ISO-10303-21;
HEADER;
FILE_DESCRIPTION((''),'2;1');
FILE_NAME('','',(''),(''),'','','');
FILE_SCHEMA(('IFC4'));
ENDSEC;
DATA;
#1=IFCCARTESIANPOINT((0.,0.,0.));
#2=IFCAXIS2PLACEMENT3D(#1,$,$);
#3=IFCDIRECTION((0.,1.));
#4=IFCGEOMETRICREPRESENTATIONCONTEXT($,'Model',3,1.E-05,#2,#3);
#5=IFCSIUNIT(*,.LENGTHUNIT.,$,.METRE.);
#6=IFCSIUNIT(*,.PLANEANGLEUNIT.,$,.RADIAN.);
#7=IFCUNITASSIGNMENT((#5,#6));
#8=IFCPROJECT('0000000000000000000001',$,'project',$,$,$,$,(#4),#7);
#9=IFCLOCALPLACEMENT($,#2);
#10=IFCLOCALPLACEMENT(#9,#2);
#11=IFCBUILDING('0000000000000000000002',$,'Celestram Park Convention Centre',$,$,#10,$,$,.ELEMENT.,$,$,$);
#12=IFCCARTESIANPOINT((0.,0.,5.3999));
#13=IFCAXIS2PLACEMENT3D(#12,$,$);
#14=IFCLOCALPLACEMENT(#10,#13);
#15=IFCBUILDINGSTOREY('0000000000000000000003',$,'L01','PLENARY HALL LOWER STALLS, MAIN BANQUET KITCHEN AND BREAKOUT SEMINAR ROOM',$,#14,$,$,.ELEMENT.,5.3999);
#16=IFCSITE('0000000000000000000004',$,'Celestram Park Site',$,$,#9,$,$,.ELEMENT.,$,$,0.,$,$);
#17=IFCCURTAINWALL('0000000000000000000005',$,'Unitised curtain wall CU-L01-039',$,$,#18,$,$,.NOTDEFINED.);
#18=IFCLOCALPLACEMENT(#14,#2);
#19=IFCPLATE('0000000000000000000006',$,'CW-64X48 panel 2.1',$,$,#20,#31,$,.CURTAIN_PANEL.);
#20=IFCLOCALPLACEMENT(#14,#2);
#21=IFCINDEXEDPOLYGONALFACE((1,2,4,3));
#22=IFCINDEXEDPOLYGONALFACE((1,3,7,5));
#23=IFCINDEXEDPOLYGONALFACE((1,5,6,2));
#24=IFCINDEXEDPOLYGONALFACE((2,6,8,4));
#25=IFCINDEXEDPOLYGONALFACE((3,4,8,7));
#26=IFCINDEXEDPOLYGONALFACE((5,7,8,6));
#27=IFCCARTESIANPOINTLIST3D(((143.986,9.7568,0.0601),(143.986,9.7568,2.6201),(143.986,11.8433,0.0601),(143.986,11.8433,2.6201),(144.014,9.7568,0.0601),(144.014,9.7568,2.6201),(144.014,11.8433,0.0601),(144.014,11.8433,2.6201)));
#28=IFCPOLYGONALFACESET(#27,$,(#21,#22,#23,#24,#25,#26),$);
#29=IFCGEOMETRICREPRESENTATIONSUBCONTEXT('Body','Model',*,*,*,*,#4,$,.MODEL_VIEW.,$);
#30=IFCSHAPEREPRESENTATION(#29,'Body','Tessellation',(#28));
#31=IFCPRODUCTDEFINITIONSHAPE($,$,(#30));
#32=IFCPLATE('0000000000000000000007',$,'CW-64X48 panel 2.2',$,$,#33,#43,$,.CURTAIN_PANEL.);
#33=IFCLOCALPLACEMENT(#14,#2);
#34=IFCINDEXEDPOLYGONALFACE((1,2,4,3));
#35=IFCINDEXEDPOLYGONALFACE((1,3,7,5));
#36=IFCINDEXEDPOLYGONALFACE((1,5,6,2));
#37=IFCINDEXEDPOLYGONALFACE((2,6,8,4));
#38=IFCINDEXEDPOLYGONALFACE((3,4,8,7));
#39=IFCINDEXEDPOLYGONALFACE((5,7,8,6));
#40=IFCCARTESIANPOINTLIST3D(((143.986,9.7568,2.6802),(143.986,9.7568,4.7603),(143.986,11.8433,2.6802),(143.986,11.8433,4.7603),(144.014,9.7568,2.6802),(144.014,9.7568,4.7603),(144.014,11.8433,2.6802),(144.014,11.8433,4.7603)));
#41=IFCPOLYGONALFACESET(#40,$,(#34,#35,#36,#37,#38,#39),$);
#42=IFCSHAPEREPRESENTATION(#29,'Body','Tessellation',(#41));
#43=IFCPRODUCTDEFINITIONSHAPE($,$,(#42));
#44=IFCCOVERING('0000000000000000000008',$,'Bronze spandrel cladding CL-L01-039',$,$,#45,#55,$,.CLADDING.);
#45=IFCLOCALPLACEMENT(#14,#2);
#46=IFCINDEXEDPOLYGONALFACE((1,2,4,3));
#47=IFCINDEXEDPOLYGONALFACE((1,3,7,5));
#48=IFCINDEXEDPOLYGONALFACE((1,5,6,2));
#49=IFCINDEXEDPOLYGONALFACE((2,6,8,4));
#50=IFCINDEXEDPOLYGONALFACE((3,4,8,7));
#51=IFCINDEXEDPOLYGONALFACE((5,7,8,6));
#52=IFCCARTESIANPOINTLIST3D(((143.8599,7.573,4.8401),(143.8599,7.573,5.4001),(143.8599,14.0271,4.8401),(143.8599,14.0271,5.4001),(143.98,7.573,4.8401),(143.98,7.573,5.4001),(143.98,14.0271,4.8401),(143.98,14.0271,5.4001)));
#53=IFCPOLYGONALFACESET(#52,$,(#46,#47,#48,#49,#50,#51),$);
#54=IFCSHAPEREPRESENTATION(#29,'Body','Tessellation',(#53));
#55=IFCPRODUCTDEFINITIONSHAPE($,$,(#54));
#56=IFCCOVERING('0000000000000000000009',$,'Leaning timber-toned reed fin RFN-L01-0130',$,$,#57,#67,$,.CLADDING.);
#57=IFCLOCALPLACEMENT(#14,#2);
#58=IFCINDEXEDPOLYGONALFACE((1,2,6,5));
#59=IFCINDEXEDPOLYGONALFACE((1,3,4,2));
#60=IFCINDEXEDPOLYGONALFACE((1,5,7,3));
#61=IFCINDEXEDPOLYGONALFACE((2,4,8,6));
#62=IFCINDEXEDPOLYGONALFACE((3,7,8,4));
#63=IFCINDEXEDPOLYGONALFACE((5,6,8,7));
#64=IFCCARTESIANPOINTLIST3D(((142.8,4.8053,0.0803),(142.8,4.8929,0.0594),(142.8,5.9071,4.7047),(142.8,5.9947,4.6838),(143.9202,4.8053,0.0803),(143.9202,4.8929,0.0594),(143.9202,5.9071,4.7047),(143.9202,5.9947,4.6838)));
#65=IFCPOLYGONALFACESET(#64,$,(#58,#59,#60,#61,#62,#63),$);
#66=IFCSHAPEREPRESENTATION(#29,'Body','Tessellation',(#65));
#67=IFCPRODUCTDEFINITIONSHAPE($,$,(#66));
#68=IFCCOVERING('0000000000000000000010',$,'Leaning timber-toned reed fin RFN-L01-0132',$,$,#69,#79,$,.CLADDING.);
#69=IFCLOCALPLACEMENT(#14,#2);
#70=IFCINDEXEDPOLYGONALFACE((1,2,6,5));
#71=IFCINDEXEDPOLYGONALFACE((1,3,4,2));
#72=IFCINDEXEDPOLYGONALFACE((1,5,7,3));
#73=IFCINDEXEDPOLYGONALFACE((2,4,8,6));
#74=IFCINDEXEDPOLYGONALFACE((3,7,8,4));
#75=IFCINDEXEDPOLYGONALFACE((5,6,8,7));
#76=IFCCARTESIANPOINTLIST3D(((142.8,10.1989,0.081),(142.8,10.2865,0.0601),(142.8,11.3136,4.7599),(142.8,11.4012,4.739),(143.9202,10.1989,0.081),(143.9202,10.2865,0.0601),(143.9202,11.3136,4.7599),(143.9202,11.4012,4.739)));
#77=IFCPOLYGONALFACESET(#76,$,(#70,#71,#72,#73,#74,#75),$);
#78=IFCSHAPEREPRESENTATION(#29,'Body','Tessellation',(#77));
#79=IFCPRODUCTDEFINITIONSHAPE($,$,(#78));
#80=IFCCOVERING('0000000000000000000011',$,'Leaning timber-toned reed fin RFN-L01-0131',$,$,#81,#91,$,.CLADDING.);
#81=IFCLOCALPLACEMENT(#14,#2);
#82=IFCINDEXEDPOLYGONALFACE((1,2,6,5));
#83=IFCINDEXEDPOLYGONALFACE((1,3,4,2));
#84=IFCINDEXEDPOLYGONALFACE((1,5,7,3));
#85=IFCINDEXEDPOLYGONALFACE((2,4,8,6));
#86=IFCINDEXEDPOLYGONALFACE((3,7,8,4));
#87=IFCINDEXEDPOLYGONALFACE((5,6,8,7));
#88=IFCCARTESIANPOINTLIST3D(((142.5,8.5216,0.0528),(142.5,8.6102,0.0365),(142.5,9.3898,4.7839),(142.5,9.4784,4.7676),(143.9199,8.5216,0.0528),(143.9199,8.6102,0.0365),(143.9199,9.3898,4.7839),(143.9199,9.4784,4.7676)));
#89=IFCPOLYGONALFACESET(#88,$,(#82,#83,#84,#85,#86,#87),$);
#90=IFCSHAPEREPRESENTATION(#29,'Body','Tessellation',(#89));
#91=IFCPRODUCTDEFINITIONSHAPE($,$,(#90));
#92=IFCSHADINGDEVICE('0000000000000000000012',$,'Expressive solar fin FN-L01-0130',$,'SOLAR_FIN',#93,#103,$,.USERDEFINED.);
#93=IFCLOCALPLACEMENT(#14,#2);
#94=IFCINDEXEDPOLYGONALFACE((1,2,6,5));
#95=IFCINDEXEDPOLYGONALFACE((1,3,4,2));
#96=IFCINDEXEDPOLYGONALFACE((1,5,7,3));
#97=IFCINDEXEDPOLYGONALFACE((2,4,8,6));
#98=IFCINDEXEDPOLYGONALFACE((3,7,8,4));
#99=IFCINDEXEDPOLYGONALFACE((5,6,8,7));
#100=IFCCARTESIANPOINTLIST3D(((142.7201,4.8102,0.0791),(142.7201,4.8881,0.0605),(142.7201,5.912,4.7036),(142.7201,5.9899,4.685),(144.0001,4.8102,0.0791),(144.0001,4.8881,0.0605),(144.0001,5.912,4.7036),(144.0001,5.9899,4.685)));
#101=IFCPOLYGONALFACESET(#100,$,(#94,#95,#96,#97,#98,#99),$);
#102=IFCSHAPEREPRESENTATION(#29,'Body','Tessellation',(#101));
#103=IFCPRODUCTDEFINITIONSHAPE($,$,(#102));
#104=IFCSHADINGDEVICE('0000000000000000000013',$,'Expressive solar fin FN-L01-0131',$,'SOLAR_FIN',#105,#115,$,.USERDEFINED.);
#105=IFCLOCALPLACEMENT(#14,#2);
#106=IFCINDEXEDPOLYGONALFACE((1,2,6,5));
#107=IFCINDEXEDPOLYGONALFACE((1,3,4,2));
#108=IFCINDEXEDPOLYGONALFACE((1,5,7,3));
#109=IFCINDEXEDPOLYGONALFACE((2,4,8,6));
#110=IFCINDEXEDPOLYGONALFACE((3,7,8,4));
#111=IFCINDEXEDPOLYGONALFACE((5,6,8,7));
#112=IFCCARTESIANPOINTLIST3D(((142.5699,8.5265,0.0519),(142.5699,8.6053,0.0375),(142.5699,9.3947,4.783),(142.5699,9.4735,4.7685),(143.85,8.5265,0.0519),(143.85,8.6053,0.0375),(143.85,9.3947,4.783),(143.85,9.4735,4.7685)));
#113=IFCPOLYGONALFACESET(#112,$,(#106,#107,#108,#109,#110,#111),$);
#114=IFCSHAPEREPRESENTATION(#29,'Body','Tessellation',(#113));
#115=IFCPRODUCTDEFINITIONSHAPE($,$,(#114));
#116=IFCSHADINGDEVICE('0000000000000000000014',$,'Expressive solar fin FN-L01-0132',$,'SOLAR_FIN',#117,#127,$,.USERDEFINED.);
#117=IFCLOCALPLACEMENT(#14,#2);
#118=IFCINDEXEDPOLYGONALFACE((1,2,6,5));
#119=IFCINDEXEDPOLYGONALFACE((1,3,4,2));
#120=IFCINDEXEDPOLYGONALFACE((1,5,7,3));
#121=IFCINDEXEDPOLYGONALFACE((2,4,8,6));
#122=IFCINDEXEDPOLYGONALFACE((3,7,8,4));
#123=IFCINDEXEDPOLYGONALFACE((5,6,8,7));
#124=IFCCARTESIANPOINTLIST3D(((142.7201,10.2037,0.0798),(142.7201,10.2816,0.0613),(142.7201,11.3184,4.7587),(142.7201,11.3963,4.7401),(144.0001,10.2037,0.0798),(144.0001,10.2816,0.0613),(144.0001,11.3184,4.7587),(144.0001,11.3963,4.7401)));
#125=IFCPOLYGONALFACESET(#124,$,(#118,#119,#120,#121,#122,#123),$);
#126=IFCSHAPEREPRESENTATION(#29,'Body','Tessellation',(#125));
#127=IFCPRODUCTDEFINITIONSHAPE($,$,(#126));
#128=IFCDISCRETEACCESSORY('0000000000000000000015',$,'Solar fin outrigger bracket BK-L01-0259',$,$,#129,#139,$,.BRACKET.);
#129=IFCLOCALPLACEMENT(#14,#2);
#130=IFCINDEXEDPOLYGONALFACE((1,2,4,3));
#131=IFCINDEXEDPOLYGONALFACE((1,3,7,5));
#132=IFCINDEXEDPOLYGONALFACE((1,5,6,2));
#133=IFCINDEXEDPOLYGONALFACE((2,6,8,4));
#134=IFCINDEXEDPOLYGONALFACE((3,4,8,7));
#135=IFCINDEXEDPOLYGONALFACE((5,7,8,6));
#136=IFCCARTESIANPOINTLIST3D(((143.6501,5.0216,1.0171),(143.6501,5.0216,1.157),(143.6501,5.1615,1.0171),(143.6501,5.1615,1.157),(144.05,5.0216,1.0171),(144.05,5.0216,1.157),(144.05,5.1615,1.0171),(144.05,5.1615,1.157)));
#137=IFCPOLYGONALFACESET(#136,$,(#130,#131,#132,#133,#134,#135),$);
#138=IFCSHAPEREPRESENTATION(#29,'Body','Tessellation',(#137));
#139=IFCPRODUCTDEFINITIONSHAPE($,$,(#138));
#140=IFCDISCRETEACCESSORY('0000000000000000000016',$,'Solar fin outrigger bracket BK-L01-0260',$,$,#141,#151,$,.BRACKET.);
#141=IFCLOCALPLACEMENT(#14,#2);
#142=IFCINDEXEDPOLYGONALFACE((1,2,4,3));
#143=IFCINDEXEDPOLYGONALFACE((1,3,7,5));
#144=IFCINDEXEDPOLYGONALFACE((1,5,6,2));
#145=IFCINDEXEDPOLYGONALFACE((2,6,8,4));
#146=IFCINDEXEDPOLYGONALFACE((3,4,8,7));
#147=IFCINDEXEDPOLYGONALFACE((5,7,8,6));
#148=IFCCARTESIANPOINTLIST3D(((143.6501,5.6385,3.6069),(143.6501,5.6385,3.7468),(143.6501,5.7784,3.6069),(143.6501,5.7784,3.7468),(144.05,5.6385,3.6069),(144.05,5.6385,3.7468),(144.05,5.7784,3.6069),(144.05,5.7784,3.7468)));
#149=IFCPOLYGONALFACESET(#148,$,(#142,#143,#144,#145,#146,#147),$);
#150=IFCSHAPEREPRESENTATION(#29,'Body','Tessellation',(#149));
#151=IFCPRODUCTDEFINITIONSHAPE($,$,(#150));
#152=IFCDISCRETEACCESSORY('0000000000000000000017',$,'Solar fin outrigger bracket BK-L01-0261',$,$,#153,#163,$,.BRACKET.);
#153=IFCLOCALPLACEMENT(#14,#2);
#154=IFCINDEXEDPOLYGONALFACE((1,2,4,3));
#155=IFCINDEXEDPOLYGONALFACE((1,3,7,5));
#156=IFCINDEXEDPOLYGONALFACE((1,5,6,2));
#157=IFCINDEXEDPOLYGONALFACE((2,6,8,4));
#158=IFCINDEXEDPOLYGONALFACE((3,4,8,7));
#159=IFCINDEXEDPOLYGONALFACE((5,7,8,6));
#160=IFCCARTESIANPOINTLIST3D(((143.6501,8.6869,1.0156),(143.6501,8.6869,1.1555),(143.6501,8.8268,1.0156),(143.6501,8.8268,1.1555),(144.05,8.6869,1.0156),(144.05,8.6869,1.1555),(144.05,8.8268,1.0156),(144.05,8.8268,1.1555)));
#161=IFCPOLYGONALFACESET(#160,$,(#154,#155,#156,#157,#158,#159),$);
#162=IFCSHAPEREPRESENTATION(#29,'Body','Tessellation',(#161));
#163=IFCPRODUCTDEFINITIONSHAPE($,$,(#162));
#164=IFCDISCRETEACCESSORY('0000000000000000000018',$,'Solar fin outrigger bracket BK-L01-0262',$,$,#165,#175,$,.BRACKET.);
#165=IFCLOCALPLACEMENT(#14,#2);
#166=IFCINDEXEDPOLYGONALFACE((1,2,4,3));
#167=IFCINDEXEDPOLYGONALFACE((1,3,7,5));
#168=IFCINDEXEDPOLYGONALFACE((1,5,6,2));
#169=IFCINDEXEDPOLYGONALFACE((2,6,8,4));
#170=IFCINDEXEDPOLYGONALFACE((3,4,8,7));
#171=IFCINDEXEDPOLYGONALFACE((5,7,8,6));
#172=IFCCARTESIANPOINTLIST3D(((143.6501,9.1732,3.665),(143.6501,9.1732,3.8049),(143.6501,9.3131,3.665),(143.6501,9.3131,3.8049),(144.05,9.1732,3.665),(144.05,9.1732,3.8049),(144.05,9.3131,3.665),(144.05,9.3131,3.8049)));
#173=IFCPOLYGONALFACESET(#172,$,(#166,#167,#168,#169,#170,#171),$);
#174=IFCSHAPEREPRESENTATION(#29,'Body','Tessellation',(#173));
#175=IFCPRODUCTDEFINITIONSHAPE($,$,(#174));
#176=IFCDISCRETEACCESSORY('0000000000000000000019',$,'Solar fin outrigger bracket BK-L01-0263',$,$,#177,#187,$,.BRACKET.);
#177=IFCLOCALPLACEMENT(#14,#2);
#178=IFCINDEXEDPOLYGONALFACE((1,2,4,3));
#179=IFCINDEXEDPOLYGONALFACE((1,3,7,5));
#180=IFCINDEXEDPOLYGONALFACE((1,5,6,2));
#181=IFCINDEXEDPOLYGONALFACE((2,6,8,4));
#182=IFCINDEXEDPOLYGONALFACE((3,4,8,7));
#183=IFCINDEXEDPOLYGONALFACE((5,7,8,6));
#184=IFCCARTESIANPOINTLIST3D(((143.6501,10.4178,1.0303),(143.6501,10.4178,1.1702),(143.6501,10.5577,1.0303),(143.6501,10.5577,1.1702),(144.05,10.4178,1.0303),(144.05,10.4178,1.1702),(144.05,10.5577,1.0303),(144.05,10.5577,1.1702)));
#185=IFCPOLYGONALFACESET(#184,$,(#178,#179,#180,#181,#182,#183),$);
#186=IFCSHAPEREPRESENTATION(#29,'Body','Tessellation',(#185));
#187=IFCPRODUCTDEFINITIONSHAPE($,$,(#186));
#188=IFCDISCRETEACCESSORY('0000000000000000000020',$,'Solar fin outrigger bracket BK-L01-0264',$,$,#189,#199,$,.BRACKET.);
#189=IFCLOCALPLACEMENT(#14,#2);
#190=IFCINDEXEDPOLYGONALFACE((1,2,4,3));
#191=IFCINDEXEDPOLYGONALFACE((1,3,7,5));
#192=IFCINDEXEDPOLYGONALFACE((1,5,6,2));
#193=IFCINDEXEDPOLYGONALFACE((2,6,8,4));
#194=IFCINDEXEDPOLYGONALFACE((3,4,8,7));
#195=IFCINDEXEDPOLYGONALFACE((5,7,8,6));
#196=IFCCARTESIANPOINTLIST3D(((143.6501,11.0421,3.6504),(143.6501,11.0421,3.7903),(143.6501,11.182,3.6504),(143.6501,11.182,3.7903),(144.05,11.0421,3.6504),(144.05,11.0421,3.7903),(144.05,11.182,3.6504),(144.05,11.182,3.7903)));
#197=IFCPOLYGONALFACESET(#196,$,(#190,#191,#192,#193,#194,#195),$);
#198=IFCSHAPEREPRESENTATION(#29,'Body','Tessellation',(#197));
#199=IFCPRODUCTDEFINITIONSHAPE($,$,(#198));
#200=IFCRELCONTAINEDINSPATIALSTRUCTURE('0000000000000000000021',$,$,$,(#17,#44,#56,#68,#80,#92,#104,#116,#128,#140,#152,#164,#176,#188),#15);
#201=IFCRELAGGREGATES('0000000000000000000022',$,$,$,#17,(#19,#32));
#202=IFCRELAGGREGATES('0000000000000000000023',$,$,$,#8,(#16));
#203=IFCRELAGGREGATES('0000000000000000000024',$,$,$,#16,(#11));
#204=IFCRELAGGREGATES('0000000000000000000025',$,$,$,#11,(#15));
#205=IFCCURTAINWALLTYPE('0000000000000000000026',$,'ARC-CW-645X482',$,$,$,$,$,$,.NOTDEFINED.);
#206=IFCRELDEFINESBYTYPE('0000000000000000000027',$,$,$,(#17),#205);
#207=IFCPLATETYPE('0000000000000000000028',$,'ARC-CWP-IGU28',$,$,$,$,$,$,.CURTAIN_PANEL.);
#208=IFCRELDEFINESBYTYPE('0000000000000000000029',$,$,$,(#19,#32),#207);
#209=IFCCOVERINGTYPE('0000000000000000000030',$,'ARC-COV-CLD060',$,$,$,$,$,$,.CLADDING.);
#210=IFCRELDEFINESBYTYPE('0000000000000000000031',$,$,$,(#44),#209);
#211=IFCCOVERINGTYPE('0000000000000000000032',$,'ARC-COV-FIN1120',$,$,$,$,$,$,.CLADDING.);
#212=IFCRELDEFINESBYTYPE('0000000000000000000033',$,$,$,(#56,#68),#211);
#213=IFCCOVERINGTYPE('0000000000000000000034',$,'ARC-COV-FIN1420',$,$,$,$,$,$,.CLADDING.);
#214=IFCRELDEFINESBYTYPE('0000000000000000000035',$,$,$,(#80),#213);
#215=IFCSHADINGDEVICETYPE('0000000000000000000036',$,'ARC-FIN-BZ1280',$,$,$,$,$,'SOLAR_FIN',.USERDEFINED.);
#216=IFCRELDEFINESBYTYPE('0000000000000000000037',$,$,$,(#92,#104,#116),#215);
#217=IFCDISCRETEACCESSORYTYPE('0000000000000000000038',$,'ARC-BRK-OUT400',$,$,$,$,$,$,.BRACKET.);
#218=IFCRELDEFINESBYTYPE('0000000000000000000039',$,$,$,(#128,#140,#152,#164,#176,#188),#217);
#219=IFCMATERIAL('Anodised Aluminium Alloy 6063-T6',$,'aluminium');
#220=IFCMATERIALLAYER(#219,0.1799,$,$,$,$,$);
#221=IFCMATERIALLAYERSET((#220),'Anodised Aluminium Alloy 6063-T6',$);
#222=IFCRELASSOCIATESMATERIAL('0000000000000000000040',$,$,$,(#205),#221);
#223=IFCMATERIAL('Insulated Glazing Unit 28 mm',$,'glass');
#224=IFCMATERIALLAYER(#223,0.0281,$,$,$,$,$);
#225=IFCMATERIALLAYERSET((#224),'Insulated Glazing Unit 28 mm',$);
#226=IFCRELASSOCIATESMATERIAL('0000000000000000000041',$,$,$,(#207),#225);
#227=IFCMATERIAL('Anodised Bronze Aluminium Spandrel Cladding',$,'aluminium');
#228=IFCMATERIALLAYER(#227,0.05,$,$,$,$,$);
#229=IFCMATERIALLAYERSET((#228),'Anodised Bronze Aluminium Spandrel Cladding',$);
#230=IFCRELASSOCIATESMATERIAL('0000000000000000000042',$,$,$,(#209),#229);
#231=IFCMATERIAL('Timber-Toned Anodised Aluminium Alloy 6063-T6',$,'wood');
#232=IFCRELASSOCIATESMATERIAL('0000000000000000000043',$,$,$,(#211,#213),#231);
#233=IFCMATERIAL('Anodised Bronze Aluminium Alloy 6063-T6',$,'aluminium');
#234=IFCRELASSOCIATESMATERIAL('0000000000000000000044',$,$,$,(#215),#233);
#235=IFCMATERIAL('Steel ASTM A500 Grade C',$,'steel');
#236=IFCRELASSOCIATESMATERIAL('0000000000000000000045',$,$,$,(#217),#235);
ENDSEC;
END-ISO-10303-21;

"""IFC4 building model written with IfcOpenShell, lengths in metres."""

from ifc_helpers import new_model, si_unit, direction, frame, origin, origin_2d, place, context, subcontext, project, spatial, rectangle, extrude, material, layer, layer_set, material_profile, profile_set, type_object, element, aggregate, save


model = new_model("IFC4")

# Units and contexts
model_context = context("Model", 3, precision=1e-05, world=origin(), true_north=direction((0.0, 1.0)))
body_context = subcontext(model_context, "Body", "Model", "MODEL_VIEW")
ifc_project = project(units=[si_unit("LENGTHUNIT", "METRE"), si_unit("PLANEANGLEUNIT", "RADIAN")], contexts=[model_context])

# Site, building, storey
site_placement = place(None, origin())
site = spatial("IfcSite", under=ifc_project, at=site_placement, Name="Celestram Park Site", CompositionType="ELEMENT", RefElevation=0.0)
building_placement = place(site_placement, origin())
building = spatial("IfcBuilding", under=site, at=building_placement, Name="Celestram Park Convention Centre", CompositionType="ELEMENT")
storey_placement = place(building_placement, frame((0.0, 0.0, 5.3999)))
storey = spatial("IfcBuildingStorey", under=building, at=storey_placement, Name="L01", Description="PLENARY HALL LOWER STALLS, MAIN BANQUET KITCHEN AND BREAKOUT SEMINAR ROOM", CompositionType="ELEMENT", Elevation=5.3999)

# Curtain wall
ifc_material_1 = material(Name="Anodised Aluminium Alloy 6063-T6", Category="aluminium")
ifc_layer_1 = layer(ifc_material_1, 0.1799)
ifc_layer_set_1 = layer_set([ifc_layer_1], Name="Anodised Aluminium Alloy 6063-T6")
curtain_wall_type_1 = type_object("IfcCurtainWallType", Name="ARC-CW-645X482", PredefinedType="NOTDEFINED", material=ifc_layer_set_1)
curtain_wall_1_placement = place(storey_placement, origin())
curtain_wall_1 = element("IfcCurtainWall", 1, at=curtain_wall_1_placement, inside=storey, type_object=curtain_wall_type_1, Name="Unitised curtain wall CU-L01-039", PredefinedType="NOTDEFINED")

# Shared definitions
ifc_material_2 = material(Name="Steel ASTM A500 Grade C", Category="steel")

# Plates
ifc_material_3 = material(Name="Insulated Glazing Unit 28 mm", Category="glass")
ifc_layer_2 = layer(ifc_material_3, 0.0281)
ifc_layer_set_2 = layer_set([ifc_layer_2], Name="Insulated Glazing Unit 28 mm")
plate_type = type_object("IfcPlateType", Name="ARC-CWP-IGU28", PredefinedType="CURTAIN_PANEL", material=ifc_layer_set_2)
plate_1_placement = place(storey_placement, frame((144.0, 10.8, 0.0601), z_axis=(0.0, 0.0, 1.0), x_axis=(0.0, 1.0, 0.0)))
plate_1 = element("IfcPlate", 2, at=plate_1_placement, type_object=plate_type, Name="CW-64X48 panel 2.1", PredefinedType="CURTAIN_PANEL", context=body_context, shape_type="SweptSolid", body=[
    extrude(rectangle(XDim=2.0864, YDim=0.0281, at=origin_2d()), origin(), (0.0, 0.0, 1.0), 2.5601),
])
plate_2_placement = place(storey_placement, frame((144.0, 10.8, 2.6802), z_axis=(0.0, 0.0, 1.0), x_axis=(0.0, 1.0, 0.0)))
plate_2 = element("IfcPlate", 3, at=plate_2_placement, type_object=plate_type, Name="CW-64X48 panel 2.2", PredefinedType="CURTAIN_PANEL", context=body_context, shape_type="SweptSolid", body=[
    extrude(rectangle(XDim=2.0864, YDim=0.0281, at=origin_2d()), origin(), (0.0, 0.0, 1.0), 2.0801),
])
aggregate(curtain_wall_1, [plate_1, plate_2])

# Coverings
ifc_material_4 = material(Name="Anodised Bronze Aluminium Spandrel Cladding", Category="aluminium")
ifc_layer_3 = layer(ifc_material_4, 0.05)
ifc_layer_set_3 = layer_set([ifc_layer_3], Name="Anodised Bronze Aluminium Spandrel Cladding")
covering_type_1 = type_object("IfcCoveringType", Name="ARC-COV-CLD060", PredefinedType="CLADDING", material=ifc_layer_set_3)
covering_1_placement = place(storey_placement, frame((143.9199, 10.8, 4.8401), z_axis=(0.0, 0.0, 1.0), x_axis=(0.0, 1.0, 0.0)))
element("IfcCovering", 4, at=covering_1_placement, inside=storey, type_object=covering_type_1, Name="Bronze spandrel cladding CL-L01-039", PredefinedType="CLADDING", context=body_context, shape_type="SweptSolid", body=[
    extrude(rectangle(XDim=6.4541, YDim=0.1201, at=origin_2d()), origin(), (0.0, 0.0, 1.0), 0.5601),
])
ifc_material_5 = material(Name="Timber-Toned Anodised Aluminium Alloy 6063-T6", Category="wood")
ifc_material_profile_1 = material_profile(ifc_material_5, rectangle(XDim=1.1201, YDim=0.0901, at=origin_2d()), Name="REED1120X90")
ifc_profile_set_1 = profile_set([ifc_material_profile_1], Name="Timber-Toned Anodised Aluminium Alloy 6063-T6")
covering_type_2 = type_object("IfcCoveringType", Name="ARC-COV-FIN1120", PredefinedType="CLADDING", material=ifc_profile_set_1)
covering_2_placement = place(storey_placement, frame((143.3601, 4.8491, 0.0698), z_axis=(0.0, 0.231766, 0.972771), x_axis=(-1.0, 0.0, 0.0)))
element("IfcCovering", 5, at=covering_2_placement, inside=storey, type_object=covering_type_2, Name="Leaning timber-toned reed fin RFN-L01-0130", PredefinedType="CLADDING", context=body_context, shape_type="SweptSolid", body=[
    extrude(rectangle(XDim=1.1201, YDim=0.0901, at=origin_2d()), origin(), (0.0, 0.0, 1.0), 4.7539),
])
covering_3_placement = place(storey_placement, frame((143.3601, 10.2427, 0.0706), z_axis=(0.0, 0.23176, 0.972773), x_axis=(-1.0, 0.0, 0.0)))
element("IfcCovering", 6, at=covering_3_placement, inside=storey, type_object=covering_type_2, Name="Leaning timber-toned reed fin RFN-L01-0132", PredefinedType="CLADDING", context=body_context, shape_type="SweptSolid", body=[
    extrude(rectangle(XDim=1.1201, YDim=0.0901, at=origin_2d()), origin(), (0.0, 0.0, 1.0), 4.8098),
])
ifc_material_profile_2 = material_profile(ifc_material_5, rectangle(XDim=1.4199, YDim=0.0901, at=origin_2d()), Name="REED1420X90")
ifc_profile_set_2 = profile_set([ifc_material_profile_2], Name="Timber-Toned Anodised Aluminium Alloy 6063-T6")
covering_type_3 = type_object("IfcCoveringType", Name="ARC-COV-FIN1420", PredefinedType="CLADDING", material=ifc_profile_set_2)
covering_4_placement = place(storey_placement, frame((143.21, 8.5659, 0.0447), z_axis=(0.0, 0.180493, 0.983576), x_axis=(-1.0, 0.0, 0.0)))
element("IfcCovering", 7, at=covering_4_placement, inside=storey, type_object=covering_type_3, Name="Leaning timber-toned reed fin RFN-L01-0131", PredefinedType="CLADDING", context=body_context, shape_type="SweptSolid", body=[
    extrude(rectangle(XDim=1.4199, YDim=0.0901, at=origin_2d()), origin(), (0.0, 0.0, 1.0), 4.8101),
])

# Shading devices
ifc_material_6 = material(Name="Anodised Bronze Aluminium Alloy 6063-T6", Category="aluminium")
ifc_material_profile_3 = material_profile(ifc_material_6, rectangle(XDim=1.28, YDim=0.0801, at=origin_2d()), Name="FIN1280X80")
ifc_profile_set_3 = profile_set([ifc_material_profile_3], Name="Anodised Bronze Aluminium Alloy 6063-T6")
shading_device_type = type_object("IfcShadingDeviceType", Name="ARC-FIN-BZ1280", ElementType="SOLAR_FIN", PredefinedType="USERDEFINED", material=ifc_profile_set_3)
shading_device_1_placement = place(storey_placement, frame((143.3601, 4.8491, 0.0698), z_axis=(0.0, 0.231766, 0.972771), x_axis=(-1.0, 0.0, 0.0)))
element("IfcShadingDevice", 8, at=shading_device_1_placement, inside=storey, type_object=shading_device_type, Name="Expressive solar fin FN-L01-0130", ObjectType="SOLAR_FIN", PredefinedType="USERDEFINED", context=body_context, shape_type="SweptSolid", body=[
    extrude(rectangle(XDim=1.28, YDim=0.0801, at=origin_2d()), origin(), (0.0, 0.0, 1.0), 4.7539),
])
shading_device_2_placement = place(storey_placement, frame((143.21, 8.5659, 0.0447), z_axis=(0.0, 0.180493, 0.983576), x_axis=(-1.0, 0.0, 0.0)))
element("IfcShadingDevice", 9, at=shading_device_2_placement, inside=storey, type_object=shading_device_type, Name="Expressive solar fin FN-L01-0131", ObjectType="SOLAR_FIN", PredefinedType="USERDEFINED", context=body_context, shape_type="SweptSolid", body=[
    extrude(rectangle(XDim=1.28, YDim=0.0801, at=origin_2d()), origin(), (0.0, 0.0, 1.0), 4.8101),
])
shading_device_3_placement = place(storey_placement, frame((143.3601, 10.2427, 0.0706), z_axis=(0.0, 0.23176, 0.972773), x_axis=(-1.0, 0.0, 0.0)))
element("IfcShadingDevice", 10, at=shading_device_3_placement, inside=storey, type_object=shading_device_type, Name="Expressive solar fin FN-L01-0132", ObjectType="SOLAR_FIN", PredefinedType="USERDEFINED", context=body_context, shape_type="SweptSolid", body=[
    extrude(rectangle(XDim=1.28, YDim=0.0801, at=origin_2d()), origin(), (0.0, 0.0, 1.0), 4.8098),
])

# Discrete accessories
discrete_accessory_type = type_object("IfcDiscreteAccessoryType", Name="ARC-BRK-OUT400", PredefinedType="BRACKET", material=ifc_material_2)
for number, where, z_axis, x_axis, name in (
    (11, (143.8501, 5.0916, 1.0171), (0.0, 0.0, 1.0), (-1.0, 0.0, 0.0), "Solar fin outrigger bracket BK-L01-0259"),
    (12, (143.8501, 5.7085, 3.6069), (0.0, 0.0, 1.0), (-1.0, 0.0, 0.0), "Solar fin outrigger bracket BK-L01-0260"),
    (13, (143.8501, 8.7568, 1.0156), (0.0, 0.0, 1.0), (-1.0, 0.0, 0.0), "Solar fin outrigger bracket BK-L01-0261"),
    (14, (143.8501, 9.2432, 3.665), (0.0, 0.0, 1.0), (-1.0, 0.0, 0.0), "Solar fin outrigger bracket BK-L01-0262"),
    (15, (143.8501, 10.4878, 1.0303), (0.0, 0.0, 1.0), (-1.0, 0.0, 0.0), "Solar fin outrigger bracket BK-L01-0263"),
    (16, (143.8501, 11.1121, 3.6504), (0.0, 0.0, 1.0), (-1.0, 0.0, 0.0), "Solar fin outrigger bracket BK-L01-0264"),
):
    element("IfcDiscreteAccessory", number, at=place(storey_placement, frame(where, z_axis=z_axis, x_axis=x_axis)), inside=storey, type_object=discrete_accessory_type, Name=name, PredefinedType="BRACKET", context=body_context, shape_type="SweptSolid", body=[
        extrude(rectangle(XDim=0.3999, YDim=0.1399, at=origin_2d()), origin(), (0.0, 0.0, 1.0), 0.1399),
    ])

save(model, "model.ifc")
